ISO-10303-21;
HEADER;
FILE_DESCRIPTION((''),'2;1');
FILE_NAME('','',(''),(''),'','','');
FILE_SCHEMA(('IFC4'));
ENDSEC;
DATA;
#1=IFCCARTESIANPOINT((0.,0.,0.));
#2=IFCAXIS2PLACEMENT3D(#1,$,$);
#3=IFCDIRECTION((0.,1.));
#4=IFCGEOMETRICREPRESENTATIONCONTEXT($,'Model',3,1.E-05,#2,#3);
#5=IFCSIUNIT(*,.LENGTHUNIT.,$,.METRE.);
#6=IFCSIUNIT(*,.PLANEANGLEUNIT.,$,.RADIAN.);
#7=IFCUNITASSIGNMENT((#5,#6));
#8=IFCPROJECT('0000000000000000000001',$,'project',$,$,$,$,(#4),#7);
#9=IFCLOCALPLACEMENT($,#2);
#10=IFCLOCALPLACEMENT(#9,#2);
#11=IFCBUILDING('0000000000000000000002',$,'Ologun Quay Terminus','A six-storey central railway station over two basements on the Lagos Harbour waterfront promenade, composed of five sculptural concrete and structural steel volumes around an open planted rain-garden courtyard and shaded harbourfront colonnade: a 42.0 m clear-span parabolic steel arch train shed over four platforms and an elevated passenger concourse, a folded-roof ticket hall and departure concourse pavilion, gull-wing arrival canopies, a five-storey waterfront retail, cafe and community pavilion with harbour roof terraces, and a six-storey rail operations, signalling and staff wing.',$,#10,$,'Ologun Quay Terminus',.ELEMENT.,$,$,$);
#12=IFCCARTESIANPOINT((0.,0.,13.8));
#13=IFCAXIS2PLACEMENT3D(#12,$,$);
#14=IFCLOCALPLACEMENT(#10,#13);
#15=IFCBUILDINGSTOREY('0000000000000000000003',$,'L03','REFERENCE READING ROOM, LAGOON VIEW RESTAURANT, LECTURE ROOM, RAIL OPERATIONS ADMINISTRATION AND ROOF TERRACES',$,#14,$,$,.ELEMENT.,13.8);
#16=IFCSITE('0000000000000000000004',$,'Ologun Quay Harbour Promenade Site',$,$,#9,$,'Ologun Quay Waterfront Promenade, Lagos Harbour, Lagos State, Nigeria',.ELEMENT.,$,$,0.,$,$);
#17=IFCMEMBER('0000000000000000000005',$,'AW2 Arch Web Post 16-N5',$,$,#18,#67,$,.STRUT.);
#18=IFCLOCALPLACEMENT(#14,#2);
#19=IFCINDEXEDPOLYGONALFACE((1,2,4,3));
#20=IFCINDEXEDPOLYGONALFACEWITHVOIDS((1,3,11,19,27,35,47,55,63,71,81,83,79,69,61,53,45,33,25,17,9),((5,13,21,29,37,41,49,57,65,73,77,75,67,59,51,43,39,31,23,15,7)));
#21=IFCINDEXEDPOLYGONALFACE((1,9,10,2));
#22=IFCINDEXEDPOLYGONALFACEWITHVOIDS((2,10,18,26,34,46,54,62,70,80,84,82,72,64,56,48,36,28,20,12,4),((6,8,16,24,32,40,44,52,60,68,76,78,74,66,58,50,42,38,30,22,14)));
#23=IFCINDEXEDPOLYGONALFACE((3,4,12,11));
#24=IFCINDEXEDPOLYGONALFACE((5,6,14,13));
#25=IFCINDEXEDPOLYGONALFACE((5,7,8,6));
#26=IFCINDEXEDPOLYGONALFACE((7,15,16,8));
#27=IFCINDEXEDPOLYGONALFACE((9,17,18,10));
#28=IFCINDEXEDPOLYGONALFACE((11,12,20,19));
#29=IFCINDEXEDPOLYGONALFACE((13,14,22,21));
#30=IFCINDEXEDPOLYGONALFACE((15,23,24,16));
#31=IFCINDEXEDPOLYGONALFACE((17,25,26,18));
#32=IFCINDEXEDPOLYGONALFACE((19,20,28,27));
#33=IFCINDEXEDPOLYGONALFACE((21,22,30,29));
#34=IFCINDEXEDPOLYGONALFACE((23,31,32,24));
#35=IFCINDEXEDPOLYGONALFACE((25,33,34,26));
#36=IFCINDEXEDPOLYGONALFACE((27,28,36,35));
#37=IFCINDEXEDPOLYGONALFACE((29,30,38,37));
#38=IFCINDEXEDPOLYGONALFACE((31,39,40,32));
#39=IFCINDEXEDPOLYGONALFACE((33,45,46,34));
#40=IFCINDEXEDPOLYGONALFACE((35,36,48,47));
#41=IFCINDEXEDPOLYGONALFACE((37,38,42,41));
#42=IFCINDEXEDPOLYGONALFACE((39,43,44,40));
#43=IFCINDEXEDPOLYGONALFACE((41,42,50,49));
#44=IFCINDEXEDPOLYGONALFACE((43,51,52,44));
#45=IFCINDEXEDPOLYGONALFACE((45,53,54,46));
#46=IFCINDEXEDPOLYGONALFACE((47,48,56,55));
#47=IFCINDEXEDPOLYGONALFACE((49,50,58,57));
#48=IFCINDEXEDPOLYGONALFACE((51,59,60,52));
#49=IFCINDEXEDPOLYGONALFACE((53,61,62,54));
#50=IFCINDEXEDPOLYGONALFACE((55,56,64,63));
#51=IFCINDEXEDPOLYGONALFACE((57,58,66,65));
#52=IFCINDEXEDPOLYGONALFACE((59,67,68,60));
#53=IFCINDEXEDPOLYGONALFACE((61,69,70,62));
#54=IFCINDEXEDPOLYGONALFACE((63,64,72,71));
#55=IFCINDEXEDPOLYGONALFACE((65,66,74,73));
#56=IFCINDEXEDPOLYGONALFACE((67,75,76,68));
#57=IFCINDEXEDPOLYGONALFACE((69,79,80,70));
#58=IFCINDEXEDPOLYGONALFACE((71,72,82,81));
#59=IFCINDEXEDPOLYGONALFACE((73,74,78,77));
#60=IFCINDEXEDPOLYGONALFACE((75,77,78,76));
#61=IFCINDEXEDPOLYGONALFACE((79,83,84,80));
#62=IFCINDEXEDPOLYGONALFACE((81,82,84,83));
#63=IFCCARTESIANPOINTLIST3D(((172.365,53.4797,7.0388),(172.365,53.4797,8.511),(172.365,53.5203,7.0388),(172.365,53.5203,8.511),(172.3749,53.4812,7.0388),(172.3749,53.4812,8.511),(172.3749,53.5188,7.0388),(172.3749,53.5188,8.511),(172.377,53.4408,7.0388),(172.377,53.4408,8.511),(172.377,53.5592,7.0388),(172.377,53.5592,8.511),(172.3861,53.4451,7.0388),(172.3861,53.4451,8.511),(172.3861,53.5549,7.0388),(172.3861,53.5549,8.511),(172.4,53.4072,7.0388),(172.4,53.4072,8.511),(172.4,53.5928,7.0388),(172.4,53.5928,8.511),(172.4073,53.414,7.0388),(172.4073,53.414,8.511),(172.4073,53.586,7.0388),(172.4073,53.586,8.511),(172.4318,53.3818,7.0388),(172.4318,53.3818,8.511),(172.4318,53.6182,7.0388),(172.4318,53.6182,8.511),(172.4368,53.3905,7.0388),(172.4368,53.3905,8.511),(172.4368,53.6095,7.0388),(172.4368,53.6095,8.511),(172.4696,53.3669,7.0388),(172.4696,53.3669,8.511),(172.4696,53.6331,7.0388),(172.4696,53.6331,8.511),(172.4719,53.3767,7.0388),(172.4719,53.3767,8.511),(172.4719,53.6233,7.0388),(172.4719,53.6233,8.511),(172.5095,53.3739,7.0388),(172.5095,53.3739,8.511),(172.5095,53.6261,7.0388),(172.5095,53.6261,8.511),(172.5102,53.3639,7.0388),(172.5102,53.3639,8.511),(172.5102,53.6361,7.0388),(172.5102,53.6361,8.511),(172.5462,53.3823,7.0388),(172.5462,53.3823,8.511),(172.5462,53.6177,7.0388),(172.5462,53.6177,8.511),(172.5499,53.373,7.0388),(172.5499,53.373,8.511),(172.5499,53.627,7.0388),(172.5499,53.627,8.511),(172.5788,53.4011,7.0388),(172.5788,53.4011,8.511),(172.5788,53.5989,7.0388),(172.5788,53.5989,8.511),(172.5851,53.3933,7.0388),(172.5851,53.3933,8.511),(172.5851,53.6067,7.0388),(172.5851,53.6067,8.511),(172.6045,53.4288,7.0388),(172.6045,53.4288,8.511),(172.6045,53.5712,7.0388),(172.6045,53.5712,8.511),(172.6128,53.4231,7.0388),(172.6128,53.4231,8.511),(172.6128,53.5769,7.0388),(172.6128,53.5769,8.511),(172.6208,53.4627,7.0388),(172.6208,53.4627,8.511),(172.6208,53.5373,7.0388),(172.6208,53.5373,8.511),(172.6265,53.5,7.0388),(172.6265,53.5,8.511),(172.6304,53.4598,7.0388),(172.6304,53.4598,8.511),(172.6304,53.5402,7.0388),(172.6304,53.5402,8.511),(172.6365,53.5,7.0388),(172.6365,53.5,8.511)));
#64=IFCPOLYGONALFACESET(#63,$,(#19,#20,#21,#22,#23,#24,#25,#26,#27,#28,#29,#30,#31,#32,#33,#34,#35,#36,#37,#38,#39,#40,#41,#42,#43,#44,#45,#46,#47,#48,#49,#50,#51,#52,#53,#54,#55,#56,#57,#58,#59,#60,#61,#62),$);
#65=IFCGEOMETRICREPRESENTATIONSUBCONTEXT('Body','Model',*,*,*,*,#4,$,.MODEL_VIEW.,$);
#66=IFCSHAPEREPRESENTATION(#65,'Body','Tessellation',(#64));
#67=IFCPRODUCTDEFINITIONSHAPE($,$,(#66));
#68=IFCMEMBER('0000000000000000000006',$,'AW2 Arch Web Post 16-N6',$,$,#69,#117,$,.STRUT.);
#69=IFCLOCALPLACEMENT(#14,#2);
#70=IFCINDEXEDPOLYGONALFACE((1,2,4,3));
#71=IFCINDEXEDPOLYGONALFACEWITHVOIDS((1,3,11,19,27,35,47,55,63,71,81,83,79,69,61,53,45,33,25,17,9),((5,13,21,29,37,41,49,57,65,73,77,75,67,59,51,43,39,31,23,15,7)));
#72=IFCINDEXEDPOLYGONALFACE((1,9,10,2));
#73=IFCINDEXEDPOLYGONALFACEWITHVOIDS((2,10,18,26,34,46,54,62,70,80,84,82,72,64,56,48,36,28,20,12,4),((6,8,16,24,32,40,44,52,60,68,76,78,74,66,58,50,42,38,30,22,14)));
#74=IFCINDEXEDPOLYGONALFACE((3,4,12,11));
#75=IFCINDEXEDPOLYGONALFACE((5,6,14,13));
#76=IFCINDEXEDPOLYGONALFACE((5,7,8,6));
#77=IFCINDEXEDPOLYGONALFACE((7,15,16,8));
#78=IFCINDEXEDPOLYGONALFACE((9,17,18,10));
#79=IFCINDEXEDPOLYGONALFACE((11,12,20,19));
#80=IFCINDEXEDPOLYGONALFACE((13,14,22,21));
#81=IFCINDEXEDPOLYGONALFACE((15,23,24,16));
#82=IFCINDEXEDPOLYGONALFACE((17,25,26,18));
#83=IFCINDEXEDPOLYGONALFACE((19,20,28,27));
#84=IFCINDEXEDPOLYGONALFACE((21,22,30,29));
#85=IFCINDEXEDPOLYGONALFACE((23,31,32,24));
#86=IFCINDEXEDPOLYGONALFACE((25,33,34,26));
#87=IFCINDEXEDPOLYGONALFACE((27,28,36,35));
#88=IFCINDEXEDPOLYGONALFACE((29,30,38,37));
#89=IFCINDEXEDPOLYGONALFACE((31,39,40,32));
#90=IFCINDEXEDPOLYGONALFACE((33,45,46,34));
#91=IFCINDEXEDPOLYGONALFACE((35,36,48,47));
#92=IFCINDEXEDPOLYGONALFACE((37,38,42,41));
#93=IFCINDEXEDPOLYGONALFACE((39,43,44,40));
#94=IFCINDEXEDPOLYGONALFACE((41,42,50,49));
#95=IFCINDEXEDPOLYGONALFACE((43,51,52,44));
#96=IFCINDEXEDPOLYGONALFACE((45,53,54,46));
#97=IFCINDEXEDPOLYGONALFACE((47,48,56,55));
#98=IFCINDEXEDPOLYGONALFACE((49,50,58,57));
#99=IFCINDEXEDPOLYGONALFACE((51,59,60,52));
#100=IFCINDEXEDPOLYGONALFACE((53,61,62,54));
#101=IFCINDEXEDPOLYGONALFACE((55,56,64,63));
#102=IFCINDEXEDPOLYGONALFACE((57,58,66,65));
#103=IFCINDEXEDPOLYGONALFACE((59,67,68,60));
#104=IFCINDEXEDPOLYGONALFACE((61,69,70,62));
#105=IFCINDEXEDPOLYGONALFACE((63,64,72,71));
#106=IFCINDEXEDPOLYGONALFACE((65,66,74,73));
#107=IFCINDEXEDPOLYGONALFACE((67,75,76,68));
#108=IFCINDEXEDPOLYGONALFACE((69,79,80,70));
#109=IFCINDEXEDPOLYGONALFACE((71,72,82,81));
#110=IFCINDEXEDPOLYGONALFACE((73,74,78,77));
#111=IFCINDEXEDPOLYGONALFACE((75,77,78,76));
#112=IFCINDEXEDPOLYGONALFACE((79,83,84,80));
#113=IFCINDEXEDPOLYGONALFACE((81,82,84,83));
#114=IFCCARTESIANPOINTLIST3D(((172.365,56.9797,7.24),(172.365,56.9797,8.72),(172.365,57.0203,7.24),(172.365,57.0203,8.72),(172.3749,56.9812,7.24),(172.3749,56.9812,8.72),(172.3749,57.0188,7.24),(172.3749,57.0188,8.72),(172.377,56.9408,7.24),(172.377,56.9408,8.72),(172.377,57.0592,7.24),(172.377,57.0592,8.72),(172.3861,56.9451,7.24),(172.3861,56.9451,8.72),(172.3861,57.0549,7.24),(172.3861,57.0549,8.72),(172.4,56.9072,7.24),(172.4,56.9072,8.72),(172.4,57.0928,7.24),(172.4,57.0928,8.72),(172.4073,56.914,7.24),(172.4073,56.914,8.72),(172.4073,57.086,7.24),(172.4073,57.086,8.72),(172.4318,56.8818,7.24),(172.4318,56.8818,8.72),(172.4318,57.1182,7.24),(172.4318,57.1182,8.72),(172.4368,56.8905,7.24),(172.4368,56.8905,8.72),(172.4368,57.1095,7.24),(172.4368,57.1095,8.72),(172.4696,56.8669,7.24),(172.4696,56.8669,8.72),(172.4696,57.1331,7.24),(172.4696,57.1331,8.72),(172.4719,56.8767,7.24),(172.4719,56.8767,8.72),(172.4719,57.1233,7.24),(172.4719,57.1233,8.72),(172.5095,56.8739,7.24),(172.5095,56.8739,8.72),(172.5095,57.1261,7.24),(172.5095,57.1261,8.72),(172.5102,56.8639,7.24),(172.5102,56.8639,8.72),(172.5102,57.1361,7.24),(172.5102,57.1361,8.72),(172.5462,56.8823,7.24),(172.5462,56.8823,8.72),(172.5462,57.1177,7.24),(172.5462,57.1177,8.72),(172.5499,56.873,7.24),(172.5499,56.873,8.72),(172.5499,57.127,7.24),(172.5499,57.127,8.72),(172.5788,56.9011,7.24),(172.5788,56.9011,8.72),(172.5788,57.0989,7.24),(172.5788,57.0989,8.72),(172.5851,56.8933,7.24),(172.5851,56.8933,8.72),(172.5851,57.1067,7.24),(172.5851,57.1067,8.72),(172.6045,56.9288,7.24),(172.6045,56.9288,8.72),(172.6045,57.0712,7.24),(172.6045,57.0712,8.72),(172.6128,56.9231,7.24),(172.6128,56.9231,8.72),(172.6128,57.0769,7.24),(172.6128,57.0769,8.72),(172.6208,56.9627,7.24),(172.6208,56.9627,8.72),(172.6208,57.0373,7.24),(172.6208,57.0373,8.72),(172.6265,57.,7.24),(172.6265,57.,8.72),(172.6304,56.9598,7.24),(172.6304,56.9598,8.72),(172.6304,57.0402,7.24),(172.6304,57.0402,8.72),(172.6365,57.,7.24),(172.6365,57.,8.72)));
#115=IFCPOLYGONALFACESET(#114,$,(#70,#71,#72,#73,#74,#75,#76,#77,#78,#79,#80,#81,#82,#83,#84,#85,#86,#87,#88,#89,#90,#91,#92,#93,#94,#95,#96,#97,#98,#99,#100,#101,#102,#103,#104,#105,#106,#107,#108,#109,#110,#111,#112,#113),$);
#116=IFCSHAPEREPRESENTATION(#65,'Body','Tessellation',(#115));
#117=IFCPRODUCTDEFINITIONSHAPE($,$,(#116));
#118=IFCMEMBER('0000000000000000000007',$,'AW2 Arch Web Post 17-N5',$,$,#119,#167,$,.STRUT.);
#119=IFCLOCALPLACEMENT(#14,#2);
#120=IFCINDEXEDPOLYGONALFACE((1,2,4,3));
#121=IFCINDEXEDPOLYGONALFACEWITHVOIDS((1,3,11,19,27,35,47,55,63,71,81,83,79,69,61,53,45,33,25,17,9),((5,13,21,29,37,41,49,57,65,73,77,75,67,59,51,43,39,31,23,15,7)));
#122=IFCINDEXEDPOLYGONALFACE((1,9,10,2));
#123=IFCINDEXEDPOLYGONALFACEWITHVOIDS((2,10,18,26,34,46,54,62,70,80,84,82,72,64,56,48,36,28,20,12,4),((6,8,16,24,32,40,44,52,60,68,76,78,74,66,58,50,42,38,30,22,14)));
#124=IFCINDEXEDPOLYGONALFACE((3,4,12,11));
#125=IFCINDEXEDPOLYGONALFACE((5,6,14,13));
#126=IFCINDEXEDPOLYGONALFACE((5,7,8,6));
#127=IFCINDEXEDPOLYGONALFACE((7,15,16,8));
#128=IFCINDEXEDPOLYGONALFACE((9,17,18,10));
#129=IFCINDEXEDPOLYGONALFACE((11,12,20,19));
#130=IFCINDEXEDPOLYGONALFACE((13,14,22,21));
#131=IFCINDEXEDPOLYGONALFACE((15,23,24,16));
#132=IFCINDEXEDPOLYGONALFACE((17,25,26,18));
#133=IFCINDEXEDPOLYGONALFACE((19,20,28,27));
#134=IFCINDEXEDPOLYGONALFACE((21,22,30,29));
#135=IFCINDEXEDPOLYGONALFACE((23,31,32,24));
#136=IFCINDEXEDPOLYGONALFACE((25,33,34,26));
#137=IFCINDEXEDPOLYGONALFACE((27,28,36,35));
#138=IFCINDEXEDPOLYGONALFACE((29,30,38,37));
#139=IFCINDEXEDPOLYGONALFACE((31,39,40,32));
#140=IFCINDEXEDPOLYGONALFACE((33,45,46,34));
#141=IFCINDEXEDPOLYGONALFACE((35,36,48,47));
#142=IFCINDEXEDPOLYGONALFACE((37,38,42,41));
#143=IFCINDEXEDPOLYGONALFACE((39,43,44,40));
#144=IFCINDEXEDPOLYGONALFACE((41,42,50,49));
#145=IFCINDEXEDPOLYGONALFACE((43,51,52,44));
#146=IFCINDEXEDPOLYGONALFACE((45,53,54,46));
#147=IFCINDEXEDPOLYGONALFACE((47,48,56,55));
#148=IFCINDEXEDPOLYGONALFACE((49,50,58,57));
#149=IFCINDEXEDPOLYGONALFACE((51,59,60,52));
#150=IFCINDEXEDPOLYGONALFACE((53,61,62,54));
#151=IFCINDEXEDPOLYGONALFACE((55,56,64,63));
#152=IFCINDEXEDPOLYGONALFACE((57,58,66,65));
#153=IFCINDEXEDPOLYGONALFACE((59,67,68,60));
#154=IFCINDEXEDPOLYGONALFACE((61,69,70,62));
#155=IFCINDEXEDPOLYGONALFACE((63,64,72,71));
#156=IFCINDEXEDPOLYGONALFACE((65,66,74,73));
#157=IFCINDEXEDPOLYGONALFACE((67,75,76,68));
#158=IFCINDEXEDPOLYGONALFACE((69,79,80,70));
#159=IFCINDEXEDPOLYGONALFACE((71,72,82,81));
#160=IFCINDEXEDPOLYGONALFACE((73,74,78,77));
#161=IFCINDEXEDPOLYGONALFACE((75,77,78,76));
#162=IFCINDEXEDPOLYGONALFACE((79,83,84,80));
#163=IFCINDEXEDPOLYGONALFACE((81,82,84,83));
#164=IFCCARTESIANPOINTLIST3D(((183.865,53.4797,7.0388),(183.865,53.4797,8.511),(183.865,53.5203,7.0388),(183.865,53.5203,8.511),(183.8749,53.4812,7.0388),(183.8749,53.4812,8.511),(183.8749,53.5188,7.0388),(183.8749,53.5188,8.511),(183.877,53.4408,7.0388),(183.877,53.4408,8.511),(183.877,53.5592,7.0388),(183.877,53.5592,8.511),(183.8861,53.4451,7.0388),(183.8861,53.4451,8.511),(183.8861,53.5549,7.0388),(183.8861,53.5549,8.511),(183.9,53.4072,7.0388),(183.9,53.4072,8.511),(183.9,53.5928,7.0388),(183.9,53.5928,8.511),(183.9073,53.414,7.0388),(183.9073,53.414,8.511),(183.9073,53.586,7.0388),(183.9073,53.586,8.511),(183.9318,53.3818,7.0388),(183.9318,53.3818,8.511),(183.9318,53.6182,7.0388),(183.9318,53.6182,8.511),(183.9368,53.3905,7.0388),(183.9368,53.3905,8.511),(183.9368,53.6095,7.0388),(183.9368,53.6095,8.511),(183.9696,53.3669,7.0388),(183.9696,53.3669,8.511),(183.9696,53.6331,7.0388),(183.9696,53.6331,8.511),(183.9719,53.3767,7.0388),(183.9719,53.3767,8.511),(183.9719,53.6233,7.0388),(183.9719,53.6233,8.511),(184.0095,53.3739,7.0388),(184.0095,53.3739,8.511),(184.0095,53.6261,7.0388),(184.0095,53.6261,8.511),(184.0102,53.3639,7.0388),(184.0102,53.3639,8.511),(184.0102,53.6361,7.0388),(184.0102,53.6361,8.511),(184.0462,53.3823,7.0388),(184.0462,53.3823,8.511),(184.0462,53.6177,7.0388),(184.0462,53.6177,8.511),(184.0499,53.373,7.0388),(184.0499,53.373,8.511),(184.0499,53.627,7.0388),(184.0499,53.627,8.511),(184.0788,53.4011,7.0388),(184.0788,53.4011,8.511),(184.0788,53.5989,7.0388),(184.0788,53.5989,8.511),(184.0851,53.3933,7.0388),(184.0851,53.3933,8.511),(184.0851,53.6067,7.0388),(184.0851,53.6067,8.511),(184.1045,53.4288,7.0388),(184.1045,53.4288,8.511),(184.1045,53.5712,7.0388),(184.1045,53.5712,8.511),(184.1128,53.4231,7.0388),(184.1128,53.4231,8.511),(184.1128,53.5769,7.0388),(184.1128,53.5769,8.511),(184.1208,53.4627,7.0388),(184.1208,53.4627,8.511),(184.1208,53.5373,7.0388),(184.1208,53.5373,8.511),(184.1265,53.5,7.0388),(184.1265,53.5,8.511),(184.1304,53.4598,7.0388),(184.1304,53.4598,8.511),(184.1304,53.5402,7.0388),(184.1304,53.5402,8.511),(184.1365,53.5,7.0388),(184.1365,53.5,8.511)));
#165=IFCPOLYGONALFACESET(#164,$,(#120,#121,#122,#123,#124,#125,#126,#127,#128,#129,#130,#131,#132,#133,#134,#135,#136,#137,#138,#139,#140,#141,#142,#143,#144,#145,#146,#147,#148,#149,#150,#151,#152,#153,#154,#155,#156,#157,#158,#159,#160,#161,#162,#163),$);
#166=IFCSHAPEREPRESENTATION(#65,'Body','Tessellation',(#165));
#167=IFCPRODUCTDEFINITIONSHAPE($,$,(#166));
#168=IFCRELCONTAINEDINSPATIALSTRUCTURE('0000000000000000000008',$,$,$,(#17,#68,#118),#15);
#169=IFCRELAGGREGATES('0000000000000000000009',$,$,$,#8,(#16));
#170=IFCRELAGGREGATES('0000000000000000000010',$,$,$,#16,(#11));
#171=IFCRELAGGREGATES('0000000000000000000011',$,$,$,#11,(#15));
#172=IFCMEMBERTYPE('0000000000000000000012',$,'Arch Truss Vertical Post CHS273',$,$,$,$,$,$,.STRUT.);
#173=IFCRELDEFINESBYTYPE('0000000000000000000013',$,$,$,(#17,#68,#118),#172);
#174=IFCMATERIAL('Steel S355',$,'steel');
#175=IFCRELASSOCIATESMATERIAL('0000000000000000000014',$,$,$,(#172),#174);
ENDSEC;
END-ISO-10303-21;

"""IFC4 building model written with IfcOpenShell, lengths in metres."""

from ifc_helpers import new_model, si_unit, direction, frame, origin, origin_2d, place, context, subcontext, project, spatial, hollow_circle, extrude, material, material_profile, profile_set, type_object, element, save


model = new_model("IFC4")

# Units and contexts
model_context = context("Model", 3, precision=1e-05, world=origin(), true_north=direction((0.0, 1.0)))
body_context = subcontext(model_context, "Body", "Model", "MODEL_VIEW")
ifc_project = project(units=[si_unit("LENGTHUNIT", "METRE"), si_unit("PLANEANGLEUNIT", "RADIAN")], contexts=[model_context])

# Site, building, storey
site_placement = place(None, origin())
site = spatial("IfcSite", under=ifc_project, at=site_placement, Name="Ologun Quay Harbour Promenade Site", LongName="Ologun Quay Waterfront Promenade, Lagos Harbour, Lagos State, Nigeria", CompositionType="ELEMENT", RefElevation=0.0)
building_placement = place(site_placement, origin())
building = spatial("IfcBuilding", under=site, at=building_placement, Name="Ologun Quay Terminus", Description="A six-storey central railway station over two basements on the Lagos Harbour waterfront promenade, composed of five sculptural concrete and structural steel volumes around an open planted rain-garden courtyard and shaded harbourfront colonnade: a 42.0 m clear-span parabolic steel arch train shed over four platforms and an elevated passenger concourse, a folded-roof ticket hall and departure concourse pavilion, gull-wing arrival canopies, a five-storey waterfront retail, cafe and community pavilion with harbour roof terraces, and a six-storey rail operations, signalling and staff wing.", LongName="Ologun Quay Terminus", CompositionType="ELEMENT")
storey_placement = place(building_placement, frame((0.0, 0.0, 13.8)))
storey = spatial("IfcBuildingStorey", under=building, at=storey_placement, Name="L03", Description="REFERENCE READING ROOM, LAGOON VIEW RESTAURANT, LECTURE ROOM, RAIL OPERATIONS ADMINISTRATION AND ROOF TERRACES", CompositionType="ELEMENT", Elevation=13.8)

# Members
ifc_material_1 = material(Name="Steel S355", Category="steel")
ifc_material_profile_1 = material_profile(ifc_material_1, hollow_circle(Radius=0.1365, WallThickness=0.01, at=origin_2d()), Name="CHS 273x10")
ifc_profile_set_1 = profile_set([ifc_material_profile_1], Name="Steel S355")
member_type_1 = type_object("IfcMemberType", Name="Arch Truss Vertical Post CHS273", PredefinedType="STRUT", material=ifc_profile_set_1)
member_1_placement = place(storey_placement, frame((172.5, 53.5, 7.0388), z_axis=(0.0, 0.0, 1.0), x_axis=(1.0, 0.0, 0.0)))
element("IfcMember", 1, at=member_1_placement, inside=storey, type_object=member_type_1, Name="AW2 Arch Web Post 16-N5", PredefinedType="STRUT", context=body_context, shape_type="SweptSolid", body=[
    extrude(hollow_circle(Radius=0.1365, WallThickness=0.01, at=origin_2d()), origin(), (0.0, 0.0, 1.0), 1.4722),
])
member_2_placement = place(storey_placement, frame((172.5, 57.0, 7.24), z_axis=(0.0, 0.0, 1.0), x_axis=(1.0, 0.0, 0.0)))
element("IfcMember", 2, at=member_2_placement, inside=storey, type_object=member_type_1, Name="AW2 Arch Web Post 16-N6", PredefinedType="STRUT", context=body_context, shape_type="SweptSolid", body=[
    extrude(hollow_circle(Radius=0.1365, WallThickness=0.01, at=origin_2d()), origin(), (0.0, 0.0, 1.0), 1.48),
])
member_3_placement = place(storey_placement, frame((184.0, 53.5, 7.0388), z_axis=(0.0, 0.0, 1.0), x_axis=(1.0, 0.0, 0.0)))
element("IfcMember", 3, at=member_3_placement, inside=storey, type_object=member_type_1, Name="AW2 Arch Web Post 17-N5", PredefinedType="STRUT", context=body_context, shape_type="SweptSolid", body=[
    extrude(hollow_circle(Radius=0.1365, WallThickness=0.01, at=origin_2d()), origin(), (0.0, 0.0, 1.0), 1.4722),
])

save(model, "model.ifc")
